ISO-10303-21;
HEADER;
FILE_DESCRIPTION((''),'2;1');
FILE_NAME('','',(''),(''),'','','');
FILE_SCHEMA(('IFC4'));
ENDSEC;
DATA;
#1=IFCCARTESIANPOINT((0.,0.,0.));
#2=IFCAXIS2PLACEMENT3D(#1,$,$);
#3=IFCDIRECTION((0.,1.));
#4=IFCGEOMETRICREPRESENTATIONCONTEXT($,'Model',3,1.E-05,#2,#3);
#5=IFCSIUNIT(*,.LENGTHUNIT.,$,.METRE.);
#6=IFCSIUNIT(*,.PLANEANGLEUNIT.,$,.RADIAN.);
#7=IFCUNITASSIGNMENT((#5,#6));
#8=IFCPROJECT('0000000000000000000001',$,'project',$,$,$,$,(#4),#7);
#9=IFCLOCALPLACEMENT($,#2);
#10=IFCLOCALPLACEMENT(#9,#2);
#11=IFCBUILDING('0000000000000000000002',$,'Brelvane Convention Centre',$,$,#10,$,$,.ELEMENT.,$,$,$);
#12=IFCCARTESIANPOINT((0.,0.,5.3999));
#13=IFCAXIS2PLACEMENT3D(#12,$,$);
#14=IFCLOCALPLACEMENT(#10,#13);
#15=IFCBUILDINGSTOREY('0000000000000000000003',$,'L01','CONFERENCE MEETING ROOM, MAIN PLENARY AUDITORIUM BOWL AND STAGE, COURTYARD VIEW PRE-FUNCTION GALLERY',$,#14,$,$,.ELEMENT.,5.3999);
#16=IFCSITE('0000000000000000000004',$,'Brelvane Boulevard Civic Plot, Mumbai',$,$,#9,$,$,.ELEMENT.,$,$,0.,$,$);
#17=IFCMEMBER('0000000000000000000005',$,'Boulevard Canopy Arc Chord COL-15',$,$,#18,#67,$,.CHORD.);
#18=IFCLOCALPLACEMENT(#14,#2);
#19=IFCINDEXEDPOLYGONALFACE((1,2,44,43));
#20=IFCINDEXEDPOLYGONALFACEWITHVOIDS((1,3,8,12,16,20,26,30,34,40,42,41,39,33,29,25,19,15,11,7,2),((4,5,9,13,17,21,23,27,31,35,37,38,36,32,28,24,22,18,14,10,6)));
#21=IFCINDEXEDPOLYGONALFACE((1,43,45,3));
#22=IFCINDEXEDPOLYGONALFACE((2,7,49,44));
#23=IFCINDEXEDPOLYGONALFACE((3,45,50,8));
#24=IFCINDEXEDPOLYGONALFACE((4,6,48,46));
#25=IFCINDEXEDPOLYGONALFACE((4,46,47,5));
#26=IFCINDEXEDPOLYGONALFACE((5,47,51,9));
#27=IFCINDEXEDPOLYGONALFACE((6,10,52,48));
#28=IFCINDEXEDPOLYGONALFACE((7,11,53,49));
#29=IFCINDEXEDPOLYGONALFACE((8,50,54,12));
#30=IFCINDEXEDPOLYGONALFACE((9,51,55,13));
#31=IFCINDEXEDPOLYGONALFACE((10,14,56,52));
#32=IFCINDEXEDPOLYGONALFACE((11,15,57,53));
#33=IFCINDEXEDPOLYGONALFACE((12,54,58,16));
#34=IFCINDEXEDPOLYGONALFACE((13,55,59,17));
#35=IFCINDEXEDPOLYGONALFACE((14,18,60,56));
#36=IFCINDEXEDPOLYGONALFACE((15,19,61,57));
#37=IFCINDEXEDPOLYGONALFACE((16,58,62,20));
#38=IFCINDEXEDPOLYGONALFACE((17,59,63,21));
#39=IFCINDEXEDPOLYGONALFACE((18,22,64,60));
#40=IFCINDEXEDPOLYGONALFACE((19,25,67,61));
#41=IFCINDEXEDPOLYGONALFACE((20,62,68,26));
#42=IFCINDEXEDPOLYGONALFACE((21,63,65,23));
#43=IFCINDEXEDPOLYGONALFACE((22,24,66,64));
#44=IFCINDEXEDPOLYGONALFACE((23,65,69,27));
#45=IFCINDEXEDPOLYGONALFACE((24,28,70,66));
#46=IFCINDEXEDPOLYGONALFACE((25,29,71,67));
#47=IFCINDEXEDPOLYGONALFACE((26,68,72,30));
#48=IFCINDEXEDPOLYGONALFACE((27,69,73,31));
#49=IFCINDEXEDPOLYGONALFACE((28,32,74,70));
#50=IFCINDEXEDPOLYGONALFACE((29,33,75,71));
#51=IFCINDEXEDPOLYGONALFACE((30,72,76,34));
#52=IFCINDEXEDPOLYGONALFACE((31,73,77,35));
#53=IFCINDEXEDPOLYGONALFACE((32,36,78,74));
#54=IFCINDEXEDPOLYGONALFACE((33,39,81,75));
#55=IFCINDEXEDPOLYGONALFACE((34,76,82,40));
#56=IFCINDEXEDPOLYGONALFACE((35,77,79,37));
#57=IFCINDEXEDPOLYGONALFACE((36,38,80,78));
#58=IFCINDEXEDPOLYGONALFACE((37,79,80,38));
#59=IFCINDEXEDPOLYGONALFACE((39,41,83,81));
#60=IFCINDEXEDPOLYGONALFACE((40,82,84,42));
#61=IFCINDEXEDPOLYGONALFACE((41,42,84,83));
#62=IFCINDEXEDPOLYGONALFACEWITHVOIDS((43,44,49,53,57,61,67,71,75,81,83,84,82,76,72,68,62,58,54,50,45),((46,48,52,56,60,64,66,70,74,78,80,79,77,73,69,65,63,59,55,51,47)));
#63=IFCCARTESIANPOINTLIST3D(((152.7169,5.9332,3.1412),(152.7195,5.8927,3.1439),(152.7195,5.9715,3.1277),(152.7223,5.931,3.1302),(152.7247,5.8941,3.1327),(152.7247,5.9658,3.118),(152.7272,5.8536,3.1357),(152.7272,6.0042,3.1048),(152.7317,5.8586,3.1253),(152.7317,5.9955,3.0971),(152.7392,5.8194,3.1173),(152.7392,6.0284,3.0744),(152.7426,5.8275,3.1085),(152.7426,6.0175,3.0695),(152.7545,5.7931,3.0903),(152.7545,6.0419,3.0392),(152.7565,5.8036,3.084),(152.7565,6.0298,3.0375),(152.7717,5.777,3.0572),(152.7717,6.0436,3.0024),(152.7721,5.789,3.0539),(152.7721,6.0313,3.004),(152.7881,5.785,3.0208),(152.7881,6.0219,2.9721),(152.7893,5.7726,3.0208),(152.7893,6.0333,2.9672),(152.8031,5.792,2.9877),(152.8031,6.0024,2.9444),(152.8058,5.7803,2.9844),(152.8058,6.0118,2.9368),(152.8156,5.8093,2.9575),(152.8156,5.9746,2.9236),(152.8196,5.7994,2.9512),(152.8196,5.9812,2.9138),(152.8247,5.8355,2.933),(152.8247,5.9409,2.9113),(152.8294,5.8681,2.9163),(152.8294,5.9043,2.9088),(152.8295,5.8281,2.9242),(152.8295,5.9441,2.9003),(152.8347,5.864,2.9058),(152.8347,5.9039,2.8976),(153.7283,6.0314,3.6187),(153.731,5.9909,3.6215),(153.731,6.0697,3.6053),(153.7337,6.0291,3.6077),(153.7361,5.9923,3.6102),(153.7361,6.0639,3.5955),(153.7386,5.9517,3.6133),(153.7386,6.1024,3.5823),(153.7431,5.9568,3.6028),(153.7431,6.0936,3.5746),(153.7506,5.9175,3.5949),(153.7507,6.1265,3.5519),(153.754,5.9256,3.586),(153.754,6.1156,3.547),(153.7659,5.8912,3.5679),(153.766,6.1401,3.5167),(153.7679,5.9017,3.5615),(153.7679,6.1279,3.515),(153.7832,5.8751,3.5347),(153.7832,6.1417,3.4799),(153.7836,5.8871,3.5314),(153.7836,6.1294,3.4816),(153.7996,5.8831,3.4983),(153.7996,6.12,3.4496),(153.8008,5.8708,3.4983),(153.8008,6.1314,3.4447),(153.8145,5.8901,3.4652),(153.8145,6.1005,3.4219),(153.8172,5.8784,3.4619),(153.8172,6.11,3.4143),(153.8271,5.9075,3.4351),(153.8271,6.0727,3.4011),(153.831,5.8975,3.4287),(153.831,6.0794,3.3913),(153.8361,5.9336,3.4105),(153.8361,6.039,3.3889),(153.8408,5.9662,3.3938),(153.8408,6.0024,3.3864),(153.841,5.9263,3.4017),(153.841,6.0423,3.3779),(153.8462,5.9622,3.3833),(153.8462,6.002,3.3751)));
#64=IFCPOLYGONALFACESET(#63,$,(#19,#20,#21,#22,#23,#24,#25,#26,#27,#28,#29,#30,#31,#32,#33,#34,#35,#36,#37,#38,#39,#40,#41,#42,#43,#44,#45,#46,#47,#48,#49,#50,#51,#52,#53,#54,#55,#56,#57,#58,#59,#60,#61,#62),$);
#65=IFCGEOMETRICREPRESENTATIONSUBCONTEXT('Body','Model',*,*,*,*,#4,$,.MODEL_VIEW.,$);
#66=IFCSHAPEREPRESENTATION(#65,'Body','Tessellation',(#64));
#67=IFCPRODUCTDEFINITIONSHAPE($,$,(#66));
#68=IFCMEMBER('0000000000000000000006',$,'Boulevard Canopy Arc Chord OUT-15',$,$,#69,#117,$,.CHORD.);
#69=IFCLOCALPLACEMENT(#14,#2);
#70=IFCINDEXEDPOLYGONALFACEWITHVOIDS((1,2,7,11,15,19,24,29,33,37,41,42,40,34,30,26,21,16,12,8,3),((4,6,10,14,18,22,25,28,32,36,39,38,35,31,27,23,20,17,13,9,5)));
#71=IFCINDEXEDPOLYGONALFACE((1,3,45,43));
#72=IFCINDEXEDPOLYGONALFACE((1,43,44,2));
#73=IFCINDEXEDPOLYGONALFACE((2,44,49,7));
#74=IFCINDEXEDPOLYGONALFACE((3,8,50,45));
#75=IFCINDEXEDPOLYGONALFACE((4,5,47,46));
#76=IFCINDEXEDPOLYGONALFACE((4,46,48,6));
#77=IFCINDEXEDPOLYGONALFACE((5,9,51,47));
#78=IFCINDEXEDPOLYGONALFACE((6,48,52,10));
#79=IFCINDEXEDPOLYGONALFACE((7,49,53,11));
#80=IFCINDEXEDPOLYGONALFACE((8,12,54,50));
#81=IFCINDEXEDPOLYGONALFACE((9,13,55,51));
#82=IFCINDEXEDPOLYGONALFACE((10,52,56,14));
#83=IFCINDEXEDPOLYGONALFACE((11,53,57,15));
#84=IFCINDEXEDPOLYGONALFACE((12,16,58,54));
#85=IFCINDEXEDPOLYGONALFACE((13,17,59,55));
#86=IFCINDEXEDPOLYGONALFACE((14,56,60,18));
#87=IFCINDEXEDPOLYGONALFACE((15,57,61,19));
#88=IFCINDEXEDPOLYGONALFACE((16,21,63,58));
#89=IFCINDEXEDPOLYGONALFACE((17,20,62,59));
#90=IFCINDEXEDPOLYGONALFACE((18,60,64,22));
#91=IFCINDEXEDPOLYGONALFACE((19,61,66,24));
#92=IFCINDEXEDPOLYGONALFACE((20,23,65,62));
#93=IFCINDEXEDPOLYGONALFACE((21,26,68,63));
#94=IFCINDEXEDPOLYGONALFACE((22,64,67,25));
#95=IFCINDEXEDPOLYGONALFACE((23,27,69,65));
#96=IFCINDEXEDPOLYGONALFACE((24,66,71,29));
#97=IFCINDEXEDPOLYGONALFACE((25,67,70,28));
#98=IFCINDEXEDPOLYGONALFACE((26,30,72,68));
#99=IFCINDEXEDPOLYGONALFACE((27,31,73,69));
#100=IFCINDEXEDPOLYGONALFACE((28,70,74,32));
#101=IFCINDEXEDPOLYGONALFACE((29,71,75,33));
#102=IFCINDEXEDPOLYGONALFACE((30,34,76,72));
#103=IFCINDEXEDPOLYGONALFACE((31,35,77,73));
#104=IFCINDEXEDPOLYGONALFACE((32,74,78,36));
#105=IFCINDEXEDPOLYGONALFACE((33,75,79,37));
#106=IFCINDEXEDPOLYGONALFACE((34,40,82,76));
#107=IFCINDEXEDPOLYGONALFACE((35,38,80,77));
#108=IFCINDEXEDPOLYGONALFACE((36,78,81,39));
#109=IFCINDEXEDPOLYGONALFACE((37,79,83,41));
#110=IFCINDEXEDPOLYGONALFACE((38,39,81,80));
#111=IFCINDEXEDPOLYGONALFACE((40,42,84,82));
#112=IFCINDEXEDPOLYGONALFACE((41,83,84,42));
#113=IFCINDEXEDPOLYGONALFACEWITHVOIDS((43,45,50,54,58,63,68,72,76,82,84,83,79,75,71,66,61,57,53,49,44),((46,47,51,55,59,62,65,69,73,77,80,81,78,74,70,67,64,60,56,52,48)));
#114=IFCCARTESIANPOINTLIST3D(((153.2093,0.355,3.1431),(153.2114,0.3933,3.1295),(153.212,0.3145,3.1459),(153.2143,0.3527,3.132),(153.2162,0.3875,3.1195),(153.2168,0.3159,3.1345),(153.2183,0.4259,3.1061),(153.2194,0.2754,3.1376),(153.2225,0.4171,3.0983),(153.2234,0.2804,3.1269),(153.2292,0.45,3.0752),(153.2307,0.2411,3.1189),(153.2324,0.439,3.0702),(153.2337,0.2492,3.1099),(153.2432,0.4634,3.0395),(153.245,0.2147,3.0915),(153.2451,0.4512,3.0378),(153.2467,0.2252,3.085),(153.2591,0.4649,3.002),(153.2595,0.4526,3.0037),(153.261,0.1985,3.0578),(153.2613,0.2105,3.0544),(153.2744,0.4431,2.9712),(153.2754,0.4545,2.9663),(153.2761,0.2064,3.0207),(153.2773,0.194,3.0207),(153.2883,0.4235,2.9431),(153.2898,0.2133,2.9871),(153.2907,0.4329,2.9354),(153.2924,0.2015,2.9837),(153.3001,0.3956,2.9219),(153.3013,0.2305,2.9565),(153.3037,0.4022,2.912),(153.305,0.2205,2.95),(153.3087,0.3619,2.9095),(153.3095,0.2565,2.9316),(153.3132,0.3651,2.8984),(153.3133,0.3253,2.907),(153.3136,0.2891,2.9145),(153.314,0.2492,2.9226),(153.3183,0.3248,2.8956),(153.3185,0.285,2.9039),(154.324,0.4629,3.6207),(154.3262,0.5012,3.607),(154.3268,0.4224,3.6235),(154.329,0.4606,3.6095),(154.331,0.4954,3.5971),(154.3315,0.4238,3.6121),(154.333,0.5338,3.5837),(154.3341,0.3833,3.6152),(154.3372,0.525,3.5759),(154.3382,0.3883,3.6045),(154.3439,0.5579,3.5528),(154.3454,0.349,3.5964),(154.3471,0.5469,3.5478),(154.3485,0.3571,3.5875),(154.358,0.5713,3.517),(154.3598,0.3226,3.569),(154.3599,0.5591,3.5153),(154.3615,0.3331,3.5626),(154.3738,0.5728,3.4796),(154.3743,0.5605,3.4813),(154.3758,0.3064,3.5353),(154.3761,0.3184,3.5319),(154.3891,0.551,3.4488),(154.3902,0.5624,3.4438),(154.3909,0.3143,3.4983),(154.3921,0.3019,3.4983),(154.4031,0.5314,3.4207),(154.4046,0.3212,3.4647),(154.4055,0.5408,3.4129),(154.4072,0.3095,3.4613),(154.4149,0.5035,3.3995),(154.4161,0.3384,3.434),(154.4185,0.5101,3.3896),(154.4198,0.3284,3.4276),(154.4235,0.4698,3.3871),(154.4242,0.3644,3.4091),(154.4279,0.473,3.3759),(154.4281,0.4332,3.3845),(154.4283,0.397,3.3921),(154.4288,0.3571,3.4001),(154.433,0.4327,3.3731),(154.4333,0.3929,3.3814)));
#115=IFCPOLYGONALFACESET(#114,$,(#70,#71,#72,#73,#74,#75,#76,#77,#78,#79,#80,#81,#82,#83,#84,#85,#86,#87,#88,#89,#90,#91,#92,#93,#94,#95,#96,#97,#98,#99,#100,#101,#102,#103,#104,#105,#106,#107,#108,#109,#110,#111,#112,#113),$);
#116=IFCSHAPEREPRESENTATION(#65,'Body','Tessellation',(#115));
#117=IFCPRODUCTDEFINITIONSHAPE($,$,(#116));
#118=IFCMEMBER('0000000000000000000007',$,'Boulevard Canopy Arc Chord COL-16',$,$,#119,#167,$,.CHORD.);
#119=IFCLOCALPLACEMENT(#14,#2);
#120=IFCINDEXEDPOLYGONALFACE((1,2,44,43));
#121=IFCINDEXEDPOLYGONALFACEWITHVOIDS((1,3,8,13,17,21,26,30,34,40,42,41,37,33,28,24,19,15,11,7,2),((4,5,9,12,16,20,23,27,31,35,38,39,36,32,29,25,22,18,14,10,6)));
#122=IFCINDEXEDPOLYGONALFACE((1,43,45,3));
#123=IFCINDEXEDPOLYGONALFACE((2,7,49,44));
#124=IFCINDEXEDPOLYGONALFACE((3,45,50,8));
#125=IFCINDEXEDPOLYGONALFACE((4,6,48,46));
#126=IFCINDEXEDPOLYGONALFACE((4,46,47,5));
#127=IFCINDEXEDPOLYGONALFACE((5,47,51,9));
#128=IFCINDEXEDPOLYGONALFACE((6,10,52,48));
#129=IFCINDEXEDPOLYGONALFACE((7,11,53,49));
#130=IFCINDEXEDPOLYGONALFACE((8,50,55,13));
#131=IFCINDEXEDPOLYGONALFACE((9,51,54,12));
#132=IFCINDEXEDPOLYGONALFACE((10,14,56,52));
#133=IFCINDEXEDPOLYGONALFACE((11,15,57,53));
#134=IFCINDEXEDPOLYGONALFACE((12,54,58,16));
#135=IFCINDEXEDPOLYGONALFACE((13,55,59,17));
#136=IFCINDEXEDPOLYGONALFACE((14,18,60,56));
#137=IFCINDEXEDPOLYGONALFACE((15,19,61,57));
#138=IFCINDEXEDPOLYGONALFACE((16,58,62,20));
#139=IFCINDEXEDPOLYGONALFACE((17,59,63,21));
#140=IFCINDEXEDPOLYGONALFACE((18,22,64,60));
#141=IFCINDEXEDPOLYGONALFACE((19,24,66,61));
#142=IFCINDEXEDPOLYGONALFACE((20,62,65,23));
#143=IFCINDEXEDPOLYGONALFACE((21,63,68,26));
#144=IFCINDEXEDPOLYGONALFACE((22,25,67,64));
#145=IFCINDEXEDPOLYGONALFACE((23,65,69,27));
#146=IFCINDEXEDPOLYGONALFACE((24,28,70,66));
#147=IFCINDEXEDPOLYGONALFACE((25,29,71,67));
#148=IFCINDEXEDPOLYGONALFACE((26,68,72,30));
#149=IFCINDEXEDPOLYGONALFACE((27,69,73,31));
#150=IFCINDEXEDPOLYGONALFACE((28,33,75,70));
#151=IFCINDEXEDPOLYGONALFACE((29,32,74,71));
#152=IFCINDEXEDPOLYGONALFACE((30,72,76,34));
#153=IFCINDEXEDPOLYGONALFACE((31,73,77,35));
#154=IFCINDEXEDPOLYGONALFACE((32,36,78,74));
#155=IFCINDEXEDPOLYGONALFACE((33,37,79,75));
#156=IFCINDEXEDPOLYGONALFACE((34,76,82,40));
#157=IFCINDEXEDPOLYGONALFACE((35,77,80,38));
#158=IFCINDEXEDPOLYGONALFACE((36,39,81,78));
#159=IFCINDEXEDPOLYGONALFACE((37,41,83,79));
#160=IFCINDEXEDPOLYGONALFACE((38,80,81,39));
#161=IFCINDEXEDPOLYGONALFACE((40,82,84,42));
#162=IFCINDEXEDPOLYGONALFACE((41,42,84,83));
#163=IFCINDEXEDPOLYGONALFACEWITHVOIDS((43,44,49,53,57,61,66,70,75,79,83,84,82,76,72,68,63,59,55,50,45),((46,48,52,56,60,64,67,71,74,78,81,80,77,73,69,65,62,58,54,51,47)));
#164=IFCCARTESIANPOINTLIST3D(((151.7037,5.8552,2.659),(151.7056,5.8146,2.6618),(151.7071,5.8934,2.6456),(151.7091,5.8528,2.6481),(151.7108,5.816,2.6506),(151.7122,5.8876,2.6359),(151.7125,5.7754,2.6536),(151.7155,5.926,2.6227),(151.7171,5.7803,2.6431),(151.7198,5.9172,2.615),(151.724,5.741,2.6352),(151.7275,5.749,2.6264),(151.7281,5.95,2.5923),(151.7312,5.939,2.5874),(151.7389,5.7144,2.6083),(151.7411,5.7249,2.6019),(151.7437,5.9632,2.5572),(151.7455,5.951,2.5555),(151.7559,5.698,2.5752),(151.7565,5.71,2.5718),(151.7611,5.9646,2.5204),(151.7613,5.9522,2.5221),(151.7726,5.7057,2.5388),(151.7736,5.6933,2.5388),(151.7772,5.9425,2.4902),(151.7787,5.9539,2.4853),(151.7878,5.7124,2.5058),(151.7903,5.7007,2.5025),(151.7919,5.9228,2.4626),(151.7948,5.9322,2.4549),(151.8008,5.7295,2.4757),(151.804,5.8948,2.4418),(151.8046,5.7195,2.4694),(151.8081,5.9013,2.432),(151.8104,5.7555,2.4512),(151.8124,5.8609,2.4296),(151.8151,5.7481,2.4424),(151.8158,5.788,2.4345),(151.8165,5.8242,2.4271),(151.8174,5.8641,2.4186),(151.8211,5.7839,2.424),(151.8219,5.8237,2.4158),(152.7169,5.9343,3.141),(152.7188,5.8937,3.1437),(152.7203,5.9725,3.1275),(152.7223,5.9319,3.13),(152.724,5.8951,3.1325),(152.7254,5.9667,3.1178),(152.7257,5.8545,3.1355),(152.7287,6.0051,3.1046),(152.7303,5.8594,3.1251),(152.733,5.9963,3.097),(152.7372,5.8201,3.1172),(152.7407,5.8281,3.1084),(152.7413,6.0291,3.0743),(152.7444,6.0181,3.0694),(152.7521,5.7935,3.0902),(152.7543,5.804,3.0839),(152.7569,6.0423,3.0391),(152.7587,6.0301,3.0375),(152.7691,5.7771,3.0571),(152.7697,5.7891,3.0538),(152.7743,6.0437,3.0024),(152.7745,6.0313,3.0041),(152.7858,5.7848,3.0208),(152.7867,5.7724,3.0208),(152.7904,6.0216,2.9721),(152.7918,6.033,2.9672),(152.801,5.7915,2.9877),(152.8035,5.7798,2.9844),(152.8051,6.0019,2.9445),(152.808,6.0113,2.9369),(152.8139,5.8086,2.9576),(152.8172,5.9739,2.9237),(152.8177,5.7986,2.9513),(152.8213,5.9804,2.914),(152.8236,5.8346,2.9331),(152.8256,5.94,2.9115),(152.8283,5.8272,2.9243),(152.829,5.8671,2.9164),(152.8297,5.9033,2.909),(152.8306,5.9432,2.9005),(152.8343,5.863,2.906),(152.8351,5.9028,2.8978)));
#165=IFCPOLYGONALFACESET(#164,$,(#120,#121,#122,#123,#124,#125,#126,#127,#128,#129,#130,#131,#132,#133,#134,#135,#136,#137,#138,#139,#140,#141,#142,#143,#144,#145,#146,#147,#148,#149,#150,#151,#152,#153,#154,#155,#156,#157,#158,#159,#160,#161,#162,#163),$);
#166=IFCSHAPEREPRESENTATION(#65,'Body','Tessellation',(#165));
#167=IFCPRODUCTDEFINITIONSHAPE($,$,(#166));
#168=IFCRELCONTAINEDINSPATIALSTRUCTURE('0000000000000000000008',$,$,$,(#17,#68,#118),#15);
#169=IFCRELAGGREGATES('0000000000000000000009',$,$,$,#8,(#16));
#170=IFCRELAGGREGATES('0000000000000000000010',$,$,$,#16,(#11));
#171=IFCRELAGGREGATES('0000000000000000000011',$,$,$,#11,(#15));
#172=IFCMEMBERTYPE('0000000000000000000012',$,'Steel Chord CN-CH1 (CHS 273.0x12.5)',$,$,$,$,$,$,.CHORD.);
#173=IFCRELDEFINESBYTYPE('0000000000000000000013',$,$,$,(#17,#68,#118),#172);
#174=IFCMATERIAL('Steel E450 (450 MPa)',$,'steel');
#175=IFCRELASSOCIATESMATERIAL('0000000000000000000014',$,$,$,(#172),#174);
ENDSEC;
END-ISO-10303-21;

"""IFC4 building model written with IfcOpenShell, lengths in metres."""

from ifc_helpers import new_model, si_unit, direction, frame, origin, origin_2d, place, context, subcontext, project, spatial, hollow_circle, extrude, material, material_profile, profile_set, type_object, element, save


model = new_model("IFC4")

# Units and contexts
model_context = context("Model", 3, precision=1e-05, world=origin(), true_north=direction((0.0, 1.0)))
body_context = subcontext(model_context, "Body", "Model", "MODEL_VIEW")
ifc_project = project(units=[si_unit("LENGTHUNIT", "METRE"), si_unit("PLANEANGLEUNIT", "RADIAN")], contexts=[model_context])

# Site, building, storey
site_placement = place(None, origin())
site = spatial("IfcSite", under=ifc_project, at=site_placement, Name="Brelvane Boulevard Civic Plot, Mumbai", CompositionType="ELEMENT", RefElevation=0.0)
building_placement = place(site_placement, origin())
building = spatial("IfcBuilding", under=site, at=building_placement, Name="Brelvane Convention Centre", CompositionType="ELEMENT")
storey_placement = place(building_placement, frame((0.0, 0.0, 5.3999)))
storey = spatial("IfcBuildingStorey", under=building, at=storey_placement, Name="L01", Description="CONFERENCE MEETING ROOM, MAIN PLENARY AUDITORIUM BOWL AND STAGE, COURTYARD VIEW PRE-FUNCTION GALLERY", CompositionType="ELEMENT", Elevation=5.3999)

# Members
ifc_material_1 = material(Name="Steel E450 (450 MPa)", Category="steel")
ifc_material_profile_1 = material_profile(ifc_material_1, hollow_circle(Radius=0.1365, WallThickness=0.0125, at=origin_2d()), Name="CHS 273.0x12.5")
ifc_profile_set_1 = profile_set([ifc_material_profile_1], Name="Steel E450 (450 MPa)")
member_type_1 = type_object("IfcMemberType", Name="Steel Chord CN-CH1 (CHS 273.0x12.5)", PredefinedType="CHORD", material=ifc_profile_set_1)
member_1_placement = place(storey_placement, frame((153.7876, 6.0066, 3.4983), z_axis=(-0.900823, -0.087408, -0.425298), x_axis=(0.096578, -0.995325, 0.0)))
element("IfcMember", 1, at=member_1_placement, inside=storey, type_object=member_type_1, Name="Boulevard Canopy Arc Chord COL-15", PredefinedType="CHORD", context=body_context, shape_type="SweptSolid", body=[
    extrude(hollow_circle(Radius=0.1365, WallThickness=0.0125, at=origin_2d()), origin(), (0.0, 0.0, 1.0), 1.1228),
])
member_2_placement = place(storey_placement, frame((154.3789, 0.4377, 3.4983), z_axis=(-0.91559, -0.088631, -0.392224), x_axis=(0.096352, -0.995347, 0.0)))
element("IfcMember", 2, at=member_2_placement, inside=storey, type_object=member_type_1, Name="Boulevard Canopy Arc Chord OUT-15", PredefinedType="CHORD", context=body_context, shape_type="SweptSolid", body=[
    extrude(hollow_circle(Radius=0.1365, WallThickness=0.0125, at=origin_2d()), origin(), (0.0, 0.0, 1.0), 1.2175),
])
member_3_placement = place(storey_placement, frame((152.7761, 5.9084, 3.0208), z_axis=(-0.900809, -0.070328, -0.428481), x_axis=(0.077835, -0.996966, 0.0)))
element("IfcMember", 3, at=member_3_placement, inside=storey, type_object=member_type_1, Name="Boulevard Canopy Arc Chord COL-16", PredefinedType="CHORD", context=body_context, shape_type="SweptSolid", body=[
    extrude(hollow_circle(Radius=0.1365, WallThickness=0.0125, at=origin_2d()), origin(), (0.0, 0.0, 1.0), 1.1248),
])

save(model, "model.ifc")
